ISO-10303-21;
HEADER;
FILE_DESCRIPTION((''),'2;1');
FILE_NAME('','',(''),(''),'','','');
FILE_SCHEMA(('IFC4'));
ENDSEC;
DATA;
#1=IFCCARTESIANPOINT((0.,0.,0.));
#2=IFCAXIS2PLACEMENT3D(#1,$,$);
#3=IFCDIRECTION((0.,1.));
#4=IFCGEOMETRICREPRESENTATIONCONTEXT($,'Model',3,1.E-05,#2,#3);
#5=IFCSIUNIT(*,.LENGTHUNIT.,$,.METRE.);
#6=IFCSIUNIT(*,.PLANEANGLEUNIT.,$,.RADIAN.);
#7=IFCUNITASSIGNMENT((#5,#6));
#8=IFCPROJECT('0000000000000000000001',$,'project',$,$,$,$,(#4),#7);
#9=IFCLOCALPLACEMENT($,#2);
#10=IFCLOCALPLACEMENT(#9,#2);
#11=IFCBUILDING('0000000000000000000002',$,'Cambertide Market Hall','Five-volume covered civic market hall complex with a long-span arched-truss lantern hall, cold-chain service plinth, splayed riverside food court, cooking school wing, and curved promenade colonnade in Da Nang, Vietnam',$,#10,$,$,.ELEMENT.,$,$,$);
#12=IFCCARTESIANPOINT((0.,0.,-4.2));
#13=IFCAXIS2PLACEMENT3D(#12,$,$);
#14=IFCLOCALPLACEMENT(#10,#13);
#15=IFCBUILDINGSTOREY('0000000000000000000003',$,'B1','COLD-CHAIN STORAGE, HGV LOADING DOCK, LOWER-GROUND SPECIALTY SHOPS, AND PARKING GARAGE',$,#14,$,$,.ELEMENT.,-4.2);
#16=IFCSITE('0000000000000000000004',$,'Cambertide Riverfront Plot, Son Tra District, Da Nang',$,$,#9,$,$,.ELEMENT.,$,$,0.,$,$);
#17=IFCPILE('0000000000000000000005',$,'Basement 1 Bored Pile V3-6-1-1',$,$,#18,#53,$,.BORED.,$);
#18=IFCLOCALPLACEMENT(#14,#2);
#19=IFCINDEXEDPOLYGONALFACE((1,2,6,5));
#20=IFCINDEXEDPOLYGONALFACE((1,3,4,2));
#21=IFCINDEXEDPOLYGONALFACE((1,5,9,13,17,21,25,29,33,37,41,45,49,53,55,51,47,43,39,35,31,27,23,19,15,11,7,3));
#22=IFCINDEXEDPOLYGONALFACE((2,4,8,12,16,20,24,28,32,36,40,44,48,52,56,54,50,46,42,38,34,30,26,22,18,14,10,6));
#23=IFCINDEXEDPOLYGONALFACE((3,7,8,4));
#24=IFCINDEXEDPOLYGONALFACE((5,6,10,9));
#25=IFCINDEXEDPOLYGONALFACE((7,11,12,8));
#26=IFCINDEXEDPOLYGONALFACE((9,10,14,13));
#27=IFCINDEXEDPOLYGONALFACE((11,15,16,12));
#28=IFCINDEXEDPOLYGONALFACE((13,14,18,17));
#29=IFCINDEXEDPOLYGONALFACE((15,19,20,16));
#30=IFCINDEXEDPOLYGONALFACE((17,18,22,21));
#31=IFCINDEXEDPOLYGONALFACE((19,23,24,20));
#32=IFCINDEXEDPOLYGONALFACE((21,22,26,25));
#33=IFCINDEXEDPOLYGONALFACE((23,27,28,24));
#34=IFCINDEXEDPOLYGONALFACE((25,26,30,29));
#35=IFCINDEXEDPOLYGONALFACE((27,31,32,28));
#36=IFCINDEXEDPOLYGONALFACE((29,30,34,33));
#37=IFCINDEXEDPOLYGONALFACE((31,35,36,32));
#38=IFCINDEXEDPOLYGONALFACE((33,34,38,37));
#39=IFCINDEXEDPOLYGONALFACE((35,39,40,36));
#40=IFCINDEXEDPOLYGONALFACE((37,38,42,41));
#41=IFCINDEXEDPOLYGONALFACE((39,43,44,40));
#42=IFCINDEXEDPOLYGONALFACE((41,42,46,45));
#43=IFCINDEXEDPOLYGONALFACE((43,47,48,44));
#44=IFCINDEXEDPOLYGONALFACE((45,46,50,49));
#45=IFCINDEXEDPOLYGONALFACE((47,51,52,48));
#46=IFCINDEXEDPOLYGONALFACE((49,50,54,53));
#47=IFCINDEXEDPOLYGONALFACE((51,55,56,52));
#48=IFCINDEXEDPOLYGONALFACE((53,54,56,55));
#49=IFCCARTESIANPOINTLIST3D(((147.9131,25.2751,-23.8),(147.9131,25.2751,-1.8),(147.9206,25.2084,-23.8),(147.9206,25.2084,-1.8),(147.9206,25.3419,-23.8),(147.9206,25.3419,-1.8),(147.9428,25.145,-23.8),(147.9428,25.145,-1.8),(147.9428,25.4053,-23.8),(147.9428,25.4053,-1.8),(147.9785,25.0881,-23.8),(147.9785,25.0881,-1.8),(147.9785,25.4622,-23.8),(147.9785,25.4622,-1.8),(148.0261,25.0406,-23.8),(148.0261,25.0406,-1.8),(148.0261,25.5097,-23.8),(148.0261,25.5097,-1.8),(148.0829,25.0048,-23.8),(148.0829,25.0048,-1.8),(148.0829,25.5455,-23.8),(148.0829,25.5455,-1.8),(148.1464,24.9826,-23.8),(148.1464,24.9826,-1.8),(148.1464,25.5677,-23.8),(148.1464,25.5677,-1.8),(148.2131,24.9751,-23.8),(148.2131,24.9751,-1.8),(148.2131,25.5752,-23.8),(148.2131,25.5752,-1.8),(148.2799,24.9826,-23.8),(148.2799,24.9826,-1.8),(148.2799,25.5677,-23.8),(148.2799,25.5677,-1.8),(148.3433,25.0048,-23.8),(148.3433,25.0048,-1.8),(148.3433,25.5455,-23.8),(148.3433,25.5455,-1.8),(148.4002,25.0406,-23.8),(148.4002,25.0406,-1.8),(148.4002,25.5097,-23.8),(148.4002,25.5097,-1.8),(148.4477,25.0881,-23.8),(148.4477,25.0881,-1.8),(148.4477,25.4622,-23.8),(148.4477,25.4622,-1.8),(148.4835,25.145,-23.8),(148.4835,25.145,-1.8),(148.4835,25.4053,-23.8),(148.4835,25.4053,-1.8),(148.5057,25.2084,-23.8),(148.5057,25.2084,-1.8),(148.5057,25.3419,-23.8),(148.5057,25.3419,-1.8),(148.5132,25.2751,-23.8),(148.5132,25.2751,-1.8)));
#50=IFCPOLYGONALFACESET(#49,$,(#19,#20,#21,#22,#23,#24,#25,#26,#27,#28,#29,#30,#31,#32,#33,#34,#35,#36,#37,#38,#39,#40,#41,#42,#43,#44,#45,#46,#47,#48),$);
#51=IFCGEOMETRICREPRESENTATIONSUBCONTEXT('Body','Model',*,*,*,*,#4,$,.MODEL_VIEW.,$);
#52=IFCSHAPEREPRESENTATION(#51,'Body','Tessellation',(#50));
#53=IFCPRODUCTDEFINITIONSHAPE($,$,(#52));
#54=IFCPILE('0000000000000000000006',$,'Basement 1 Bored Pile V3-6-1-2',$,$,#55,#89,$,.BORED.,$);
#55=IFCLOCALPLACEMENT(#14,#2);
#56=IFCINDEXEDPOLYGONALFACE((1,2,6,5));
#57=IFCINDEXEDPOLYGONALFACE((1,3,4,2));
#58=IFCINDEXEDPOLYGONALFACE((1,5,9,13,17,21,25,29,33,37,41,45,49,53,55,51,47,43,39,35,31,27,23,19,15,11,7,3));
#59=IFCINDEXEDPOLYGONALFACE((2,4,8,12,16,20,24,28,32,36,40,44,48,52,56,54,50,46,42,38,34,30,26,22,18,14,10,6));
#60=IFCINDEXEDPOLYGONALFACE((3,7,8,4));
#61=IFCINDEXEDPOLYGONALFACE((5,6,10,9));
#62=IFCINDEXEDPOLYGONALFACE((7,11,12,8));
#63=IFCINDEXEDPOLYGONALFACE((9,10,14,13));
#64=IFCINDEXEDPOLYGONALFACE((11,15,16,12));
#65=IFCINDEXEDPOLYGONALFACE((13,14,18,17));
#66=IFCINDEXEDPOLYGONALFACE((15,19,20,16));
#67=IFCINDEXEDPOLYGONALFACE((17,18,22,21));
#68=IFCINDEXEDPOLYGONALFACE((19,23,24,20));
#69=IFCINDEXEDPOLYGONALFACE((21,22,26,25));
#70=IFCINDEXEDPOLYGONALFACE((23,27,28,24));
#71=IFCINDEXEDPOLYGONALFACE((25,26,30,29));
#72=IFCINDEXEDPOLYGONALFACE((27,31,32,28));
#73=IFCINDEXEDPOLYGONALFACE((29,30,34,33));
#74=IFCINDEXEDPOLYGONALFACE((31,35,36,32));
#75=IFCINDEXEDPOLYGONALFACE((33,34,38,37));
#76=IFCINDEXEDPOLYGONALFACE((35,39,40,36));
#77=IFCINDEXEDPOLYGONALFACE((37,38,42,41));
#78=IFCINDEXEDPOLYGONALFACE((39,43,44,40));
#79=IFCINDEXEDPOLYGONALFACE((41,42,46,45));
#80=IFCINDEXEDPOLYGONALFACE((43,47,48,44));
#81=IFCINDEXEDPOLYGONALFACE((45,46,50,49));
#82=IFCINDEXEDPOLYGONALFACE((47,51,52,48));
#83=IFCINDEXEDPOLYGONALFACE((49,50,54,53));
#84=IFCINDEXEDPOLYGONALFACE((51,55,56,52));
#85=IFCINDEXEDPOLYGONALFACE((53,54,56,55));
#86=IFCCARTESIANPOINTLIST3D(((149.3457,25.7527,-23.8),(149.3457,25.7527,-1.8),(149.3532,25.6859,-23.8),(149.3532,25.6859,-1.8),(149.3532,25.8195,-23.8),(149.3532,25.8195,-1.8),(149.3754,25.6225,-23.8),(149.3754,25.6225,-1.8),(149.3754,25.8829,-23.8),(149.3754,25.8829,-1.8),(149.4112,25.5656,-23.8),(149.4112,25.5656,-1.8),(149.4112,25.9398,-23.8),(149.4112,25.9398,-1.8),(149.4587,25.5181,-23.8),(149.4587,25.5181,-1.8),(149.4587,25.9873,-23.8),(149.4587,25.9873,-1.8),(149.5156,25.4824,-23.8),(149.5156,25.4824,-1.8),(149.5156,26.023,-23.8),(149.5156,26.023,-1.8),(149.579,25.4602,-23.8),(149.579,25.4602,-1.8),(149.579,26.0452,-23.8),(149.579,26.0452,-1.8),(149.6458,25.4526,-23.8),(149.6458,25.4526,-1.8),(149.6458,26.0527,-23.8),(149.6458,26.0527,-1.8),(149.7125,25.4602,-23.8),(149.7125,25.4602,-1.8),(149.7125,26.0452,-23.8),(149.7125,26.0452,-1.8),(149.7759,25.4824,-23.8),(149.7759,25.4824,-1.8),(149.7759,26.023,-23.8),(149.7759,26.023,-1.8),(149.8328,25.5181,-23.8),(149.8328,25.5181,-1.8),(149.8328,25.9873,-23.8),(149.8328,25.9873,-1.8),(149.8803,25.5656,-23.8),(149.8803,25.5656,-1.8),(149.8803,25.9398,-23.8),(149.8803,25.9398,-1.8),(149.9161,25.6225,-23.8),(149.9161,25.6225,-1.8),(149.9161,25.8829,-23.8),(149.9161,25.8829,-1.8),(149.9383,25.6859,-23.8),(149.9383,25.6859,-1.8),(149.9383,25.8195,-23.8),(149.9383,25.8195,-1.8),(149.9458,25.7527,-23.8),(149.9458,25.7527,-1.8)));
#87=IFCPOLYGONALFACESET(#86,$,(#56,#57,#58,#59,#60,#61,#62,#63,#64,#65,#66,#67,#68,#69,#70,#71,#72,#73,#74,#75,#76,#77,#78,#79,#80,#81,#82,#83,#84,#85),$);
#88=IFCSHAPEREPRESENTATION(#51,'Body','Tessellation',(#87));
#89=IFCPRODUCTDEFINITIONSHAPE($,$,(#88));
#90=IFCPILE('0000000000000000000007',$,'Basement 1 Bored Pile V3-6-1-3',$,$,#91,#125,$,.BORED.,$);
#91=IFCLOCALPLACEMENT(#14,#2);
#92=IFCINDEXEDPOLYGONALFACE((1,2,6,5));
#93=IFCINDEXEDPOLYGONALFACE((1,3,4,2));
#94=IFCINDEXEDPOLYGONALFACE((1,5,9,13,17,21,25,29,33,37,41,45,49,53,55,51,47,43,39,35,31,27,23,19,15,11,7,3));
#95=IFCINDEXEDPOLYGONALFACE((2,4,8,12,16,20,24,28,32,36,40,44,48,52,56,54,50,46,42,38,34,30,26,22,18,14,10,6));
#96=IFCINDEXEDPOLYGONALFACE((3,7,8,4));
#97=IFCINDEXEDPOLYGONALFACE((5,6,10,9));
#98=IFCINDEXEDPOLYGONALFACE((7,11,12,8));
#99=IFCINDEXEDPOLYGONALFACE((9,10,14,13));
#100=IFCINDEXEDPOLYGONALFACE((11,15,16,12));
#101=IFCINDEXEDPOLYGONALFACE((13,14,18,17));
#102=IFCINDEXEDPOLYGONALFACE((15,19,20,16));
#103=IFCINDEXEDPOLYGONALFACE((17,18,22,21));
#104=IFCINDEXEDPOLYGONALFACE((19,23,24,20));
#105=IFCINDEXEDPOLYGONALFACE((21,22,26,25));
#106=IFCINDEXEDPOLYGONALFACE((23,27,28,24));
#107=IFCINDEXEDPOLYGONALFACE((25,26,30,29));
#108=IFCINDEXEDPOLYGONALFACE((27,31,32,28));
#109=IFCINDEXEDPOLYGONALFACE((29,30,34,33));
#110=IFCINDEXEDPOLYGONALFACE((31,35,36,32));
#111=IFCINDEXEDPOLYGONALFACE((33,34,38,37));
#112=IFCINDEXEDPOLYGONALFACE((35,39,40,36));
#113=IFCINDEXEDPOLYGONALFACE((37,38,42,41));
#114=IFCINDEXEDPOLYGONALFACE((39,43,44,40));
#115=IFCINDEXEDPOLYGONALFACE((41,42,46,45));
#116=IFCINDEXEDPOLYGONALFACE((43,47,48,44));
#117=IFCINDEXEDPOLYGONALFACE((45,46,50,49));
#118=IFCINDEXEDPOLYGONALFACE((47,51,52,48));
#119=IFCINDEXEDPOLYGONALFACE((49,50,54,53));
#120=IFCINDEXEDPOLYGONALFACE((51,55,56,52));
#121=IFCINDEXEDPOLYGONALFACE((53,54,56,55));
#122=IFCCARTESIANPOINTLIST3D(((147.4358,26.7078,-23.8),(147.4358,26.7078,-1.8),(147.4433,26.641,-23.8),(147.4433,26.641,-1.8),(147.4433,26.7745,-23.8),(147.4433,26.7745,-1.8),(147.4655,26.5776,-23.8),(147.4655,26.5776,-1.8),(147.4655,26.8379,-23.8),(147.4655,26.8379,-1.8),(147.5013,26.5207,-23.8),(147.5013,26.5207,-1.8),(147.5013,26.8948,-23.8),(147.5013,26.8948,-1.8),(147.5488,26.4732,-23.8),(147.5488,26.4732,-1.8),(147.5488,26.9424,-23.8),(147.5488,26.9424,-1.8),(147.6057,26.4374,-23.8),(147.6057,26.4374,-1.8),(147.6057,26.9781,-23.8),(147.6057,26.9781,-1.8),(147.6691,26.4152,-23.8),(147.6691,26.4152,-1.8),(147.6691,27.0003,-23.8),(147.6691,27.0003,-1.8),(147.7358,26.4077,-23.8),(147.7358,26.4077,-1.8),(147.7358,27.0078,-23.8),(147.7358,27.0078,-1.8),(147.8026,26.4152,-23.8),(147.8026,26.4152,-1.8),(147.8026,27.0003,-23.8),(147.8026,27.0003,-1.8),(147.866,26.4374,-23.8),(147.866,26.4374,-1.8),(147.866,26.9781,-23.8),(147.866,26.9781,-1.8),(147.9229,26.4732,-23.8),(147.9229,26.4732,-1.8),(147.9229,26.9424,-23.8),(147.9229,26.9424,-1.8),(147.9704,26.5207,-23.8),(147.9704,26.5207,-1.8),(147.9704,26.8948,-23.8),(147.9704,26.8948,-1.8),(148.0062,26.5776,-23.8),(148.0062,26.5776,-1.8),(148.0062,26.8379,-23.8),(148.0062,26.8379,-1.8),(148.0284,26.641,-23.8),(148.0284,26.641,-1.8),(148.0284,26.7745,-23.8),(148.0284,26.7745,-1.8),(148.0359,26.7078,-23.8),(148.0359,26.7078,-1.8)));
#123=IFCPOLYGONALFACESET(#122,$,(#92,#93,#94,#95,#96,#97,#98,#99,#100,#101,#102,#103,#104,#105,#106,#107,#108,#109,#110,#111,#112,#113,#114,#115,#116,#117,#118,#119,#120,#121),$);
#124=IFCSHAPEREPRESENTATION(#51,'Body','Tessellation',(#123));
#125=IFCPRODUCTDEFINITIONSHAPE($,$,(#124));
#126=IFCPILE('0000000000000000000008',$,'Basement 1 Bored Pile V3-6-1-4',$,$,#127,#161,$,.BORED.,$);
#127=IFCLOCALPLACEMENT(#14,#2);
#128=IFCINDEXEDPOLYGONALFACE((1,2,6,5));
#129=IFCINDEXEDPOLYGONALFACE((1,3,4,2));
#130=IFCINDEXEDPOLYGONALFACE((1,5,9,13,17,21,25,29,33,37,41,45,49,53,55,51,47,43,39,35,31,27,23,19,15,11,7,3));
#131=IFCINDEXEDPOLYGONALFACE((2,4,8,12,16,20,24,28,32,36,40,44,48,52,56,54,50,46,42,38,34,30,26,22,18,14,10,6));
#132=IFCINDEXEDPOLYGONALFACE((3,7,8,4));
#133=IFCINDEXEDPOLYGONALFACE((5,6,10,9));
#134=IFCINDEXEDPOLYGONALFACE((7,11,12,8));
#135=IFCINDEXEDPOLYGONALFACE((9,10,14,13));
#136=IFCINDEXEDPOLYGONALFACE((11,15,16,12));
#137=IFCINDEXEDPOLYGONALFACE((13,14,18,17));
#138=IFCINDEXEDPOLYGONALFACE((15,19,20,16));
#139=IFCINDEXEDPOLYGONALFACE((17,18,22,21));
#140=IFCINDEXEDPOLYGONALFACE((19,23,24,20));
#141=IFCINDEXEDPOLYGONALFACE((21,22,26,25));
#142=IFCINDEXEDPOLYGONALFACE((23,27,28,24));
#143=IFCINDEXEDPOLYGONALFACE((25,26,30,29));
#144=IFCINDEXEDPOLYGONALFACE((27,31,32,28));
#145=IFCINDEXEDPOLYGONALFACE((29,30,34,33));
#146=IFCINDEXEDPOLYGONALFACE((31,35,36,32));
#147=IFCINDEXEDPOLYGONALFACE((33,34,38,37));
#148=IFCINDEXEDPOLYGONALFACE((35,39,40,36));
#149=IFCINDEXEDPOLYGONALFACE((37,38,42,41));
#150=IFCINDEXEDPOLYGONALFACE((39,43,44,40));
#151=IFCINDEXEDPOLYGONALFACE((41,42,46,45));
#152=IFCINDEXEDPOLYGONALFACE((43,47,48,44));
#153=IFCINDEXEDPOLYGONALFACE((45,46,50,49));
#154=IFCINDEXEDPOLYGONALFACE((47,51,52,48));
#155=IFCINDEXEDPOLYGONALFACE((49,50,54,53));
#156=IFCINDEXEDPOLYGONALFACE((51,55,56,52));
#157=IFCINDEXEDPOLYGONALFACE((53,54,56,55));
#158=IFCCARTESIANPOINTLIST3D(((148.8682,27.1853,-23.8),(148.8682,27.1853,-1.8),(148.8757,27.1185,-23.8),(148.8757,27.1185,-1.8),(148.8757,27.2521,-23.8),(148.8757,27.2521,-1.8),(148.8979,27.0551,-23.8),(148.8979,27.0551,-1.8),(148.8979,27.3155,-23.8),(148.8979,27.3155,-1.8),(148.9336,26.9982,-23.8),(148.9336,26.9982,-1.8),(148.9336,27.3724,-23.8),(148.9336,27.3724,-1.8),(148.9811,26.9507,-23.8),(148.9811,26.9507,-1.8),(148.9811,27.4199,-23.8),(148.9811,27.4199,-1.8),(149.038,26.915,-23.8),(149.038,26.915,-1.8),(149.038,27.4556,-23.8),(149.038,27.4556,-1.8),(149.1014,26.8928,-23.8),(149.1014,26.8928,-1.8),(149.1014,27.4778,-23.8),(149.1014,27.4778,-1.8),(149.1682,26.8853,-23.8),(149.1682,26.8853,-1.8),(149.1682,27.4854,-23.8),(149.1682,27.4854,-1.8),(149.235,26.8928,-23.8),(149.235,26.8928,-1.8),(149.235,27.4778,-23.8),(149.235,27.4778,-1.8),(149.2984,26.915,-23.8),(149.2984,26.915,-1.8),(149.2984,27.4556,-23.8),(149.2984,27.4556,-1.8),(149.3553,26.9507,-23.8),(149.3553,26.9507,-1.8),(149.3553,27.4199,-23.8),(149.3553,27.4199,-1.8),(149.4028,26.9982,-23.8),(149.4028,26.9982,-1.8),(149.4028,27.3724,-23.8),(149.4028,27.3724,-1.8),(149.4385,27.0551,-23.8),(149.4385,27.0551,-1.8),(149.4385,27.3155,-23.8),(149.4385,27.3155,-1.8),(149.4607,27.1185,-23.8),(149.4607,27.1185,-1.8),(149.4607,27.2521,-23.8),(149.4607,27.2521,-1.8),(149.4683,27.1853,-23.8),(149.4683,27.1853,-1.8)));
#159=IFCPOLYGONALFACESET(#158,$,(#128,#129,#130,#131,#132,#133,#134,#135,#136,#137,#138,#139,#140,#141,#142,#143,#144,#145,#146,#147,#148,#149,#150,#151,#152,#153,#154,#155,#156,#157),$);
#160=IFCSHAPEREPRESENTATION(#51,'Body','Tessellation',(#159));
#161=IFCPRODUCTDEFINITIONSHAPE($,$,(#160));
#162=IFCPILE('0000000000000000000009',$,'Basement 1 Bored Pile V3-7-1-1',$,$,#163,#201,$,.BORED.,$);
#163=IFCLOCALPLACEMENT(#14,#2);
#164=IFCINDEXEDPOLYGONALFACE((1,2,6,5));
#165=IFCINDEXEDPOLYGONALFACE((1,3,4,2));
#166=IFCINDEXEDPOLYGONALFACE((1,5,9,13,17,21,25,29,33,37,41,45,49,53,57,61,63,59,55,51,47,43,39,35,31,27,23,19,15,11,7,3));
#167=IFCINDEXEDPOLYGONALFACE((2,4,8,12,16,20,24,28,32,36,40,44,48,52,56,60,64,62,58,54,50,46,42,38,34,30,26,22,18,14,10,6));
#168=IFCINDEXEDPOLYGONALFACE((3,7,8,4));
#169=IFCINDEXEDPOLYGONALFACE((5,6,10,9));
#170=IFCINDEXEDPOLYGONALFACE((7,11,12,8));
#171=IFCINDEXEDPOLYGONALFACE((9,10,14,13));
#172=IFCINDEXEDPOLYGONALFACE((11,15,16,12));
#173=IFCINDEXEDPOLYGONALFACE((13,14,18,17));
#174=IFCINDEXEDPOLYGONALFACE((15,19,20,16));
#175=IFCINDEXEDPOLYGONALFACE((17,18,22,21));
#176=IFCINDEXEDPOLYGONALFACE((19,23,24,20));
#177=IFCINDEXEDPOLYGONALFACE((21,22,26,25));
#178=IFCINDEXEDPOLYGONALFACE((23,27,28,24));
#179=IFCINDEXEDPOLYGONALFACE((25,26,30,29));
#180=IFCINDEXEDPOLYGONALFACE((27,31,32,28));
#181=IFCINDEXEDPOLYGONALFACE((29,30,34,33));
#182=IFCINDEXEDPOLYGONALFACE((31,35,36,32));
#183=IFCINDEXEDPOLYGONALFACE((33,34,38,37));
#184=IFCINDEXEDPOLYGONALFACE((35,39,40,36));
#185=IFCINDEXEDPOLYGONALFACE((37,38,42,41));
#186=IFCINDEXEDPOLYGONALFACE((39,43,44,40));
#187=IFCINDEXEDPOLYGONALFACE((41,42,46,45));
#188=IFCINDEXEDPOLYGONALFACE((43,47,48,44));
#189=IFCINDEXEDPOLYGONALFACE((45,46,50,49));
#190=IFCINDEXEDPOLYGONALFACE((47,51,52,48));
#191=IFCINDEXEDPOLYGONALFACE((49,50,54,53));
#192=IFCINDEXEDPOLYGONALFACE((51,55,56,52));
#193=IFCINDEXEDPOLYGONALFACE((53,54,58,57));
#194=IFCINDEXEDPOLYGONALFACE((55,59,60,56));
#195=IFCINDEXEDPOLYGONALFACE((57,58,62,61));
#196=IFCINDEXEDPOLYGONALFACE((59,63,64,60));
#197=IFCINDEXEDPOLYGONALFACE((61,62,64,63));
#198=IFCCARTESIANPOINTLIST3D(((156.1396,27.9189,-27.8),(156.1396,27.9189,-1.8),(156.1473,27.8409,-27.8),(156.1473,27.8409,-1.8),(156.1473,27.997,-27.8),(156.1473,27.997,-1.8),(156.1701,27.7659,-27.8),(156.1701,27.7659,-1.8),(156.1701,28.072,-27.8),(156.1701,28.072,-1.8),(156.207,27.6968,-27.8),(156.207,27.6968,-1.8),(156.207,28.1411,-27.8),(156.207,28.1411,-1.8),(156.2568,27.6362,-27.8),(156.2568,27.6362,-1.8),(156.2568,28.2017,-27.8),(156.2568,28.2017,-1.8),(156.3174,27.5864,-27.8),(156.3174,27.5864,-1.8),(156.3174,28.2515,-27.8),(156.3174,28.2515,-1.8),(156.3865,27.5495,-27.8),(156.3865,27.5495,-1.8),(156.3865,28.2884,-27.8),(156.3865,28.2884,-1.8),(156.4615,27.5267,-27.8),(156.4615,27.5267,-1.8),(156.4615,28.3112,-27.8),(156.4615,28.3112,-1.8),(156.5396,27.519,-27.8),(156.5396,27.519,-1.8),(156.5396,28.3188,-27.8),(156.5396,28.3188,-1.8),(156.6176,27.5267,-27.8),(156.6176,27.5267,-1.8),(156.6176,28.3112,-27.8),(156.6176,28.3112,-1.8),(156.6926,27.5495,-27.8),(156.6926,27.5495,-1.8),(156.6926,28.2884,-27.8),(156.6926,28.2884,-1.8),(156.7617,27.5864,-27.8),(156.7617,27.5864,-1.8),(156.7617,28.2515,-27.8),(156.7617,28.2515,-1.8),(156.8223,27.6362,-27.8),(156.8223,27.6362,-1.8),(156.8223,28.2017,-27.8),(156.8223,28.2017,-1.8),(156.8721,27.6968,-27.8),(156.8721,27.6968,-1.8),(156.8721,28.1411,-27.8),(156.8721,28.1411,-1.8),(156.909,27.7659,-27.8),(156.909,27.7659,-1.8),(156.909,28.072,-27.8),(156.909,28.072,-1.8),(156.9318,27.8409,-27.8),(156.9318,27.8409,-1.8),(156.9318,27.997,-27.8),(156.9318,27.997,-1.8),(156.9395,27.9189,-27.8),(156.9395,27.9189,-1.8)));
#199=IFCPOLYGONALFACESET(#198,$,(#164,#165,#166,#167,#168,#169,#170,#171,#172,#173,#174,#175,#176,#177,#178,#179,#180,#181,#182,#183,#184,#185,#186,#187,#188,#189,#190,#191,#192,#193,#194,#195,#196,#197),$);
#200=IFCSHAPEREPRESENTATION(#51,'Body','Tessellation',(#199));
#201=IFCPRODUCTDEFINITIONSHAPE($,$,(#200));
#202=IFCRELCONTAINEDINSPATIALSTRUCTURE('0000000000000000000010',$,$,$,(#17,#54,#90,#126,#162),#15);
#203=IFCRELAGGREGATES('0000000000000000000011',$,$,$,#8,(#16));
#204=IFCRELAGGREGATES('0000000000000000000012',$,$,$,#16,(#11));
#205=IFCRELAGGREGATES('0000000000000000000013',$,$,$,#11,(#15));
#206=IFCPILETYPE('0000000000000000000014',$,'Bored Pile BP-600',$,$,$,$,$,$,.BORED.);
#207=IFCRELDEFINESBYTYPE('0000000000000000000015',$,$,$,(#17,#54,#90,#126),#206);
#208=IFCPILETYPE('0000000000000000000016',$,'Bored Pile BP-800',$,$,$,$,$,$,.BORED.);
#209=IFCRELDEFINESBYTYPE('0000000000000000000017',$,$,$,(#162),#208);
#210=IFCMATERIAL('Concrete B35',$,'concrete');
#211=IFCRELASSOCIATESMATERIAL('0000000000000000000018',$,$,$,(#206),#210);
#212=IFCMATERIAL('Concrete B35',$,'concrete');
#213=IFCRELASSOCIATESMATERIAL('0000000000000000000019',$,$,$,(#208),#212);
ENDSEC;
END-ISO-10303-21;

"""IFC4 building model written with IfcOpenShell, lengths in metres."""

from ifc_helpers import new_model, si_unit, direction, frame, origin, origin_2d, place, context, subcontext, project, spatial, circle, extrude, material, material_profile, profile_set, type_object, element, save


model = new_model("IFC4")

# Units and contexts
model_context = context("Model", 3, precision=1e-05, world=origin(), true_north=direction((0.0, 1.0)))
body_context = subcontext(model_context, "Body", "Model", "MODEL_VIEW")
ifc_project = project(units=[si_unit("LENGTHUNIT", "METRE"), si_unit("PLANEANGLEUNIT", "RADIAN")], contexts=[model_context])

# Site, building, storey
site_placement = place(None, origin())
site = spatial("IfcSite", under=ifc_project, at=site_placement, Name="Cambertide Riverfront Plot, Son Tra District, Da Nang", CompositionType="ELEMENT", RefElevation=0.0)
building_placement = place(site_placement, origin())
building = spatial("IfcBuilding", under=site, at=building_placement, Name="Cambertide Market Hall", Description="Five-volume covered civic market hall complex with a long-span arched-truss lantern hall, cold-chain service plinth, splayed riverside food court, cooking school wing, and curved promenade colonnade in Da Nang, Vietnam", CompositionType="ELEMENT")
storey_placement = place(building_placement, frame((0.0, 0.0, -4.2)))
storey = spatial("IfcBuildingStorey", under=building, at=storey_placement, Name="B1", Description="COLD-CHAIN STORAGE, HGV LOADING DOCK, LOWER-GROUND SPECIALTY SHOPS, AND PARKING GARAGE", CompositionType="ELEMENT", Elevation=-4.2)

# Piles
ifc_material_1 = material(Name="Concrete B35", Category="concrete")
ifc_material_profile_1 = material_profile(ifc_material_1, circle(Radius=0.3, at=origin_2d()), Name="BP D600")
ifc_profile_set_1 = profile_set([ifc_material_profile_1], Name="Concrete B35")
pile_type_1 = type_object("IfcPileType", Name="Bored Pile BP-600", PredefinedType="BORED", material=ifc_profile_set_1)
for number, where, z_axis, x_axis, name in (
    (1, (148.2131, 25.2751, -1.8), (0.0, 0.0, -1.0), (1.0, 0.0, 0.0), "Basement 1 Bored Pile V3-6-1-1"),
    (2, (149.6458, 25.7527, -1.8), (0.0, 0.0, -1.0), (1.0, 0.0, 0.0), "Basement 1 Bored Pile V3-6-1-2"),
    (3, (147.7358, 26.7078, -1.8), (0.0, 0.0, -1.0), (1.0, 0.0, 0.0), "Basement 1 Bored Pile V3-6-1-3"),
    (4, (149.1682, 27.1853, -1.8), (0.0, 0.0, -1.0), (1.0, 0.0, 0.0), "Basement 1 Bored Pile V3-6-1-4"),
):
    element("IfcPile", number, at=place(storey_placement, frame(where, z_axis=z_axis, x_axis=x_axis)), inside=storey, type_object=pile_type_1, Name=name, PredefinedType="BORED", context=body_context, shape_type="SweptSolid", body=[
        extrude(circle(Radius=0.3, at=origin_2d()), origin(), (0.0, 0.0, 1.0), 22.0),
    ])
ifc_material_2 = material(Name="Concrete B35", Category="concrete")
ifc_material_profile_2 = material_profile(ifc_material_2, circle(Radius=0.3999, at=origin_2d()), Name="BP D800")
ifc_profile_set_2 = profile_set([ifc_material_profile_2], Name="Concrete B35")
pile_type_2 = type_object("IfcPileType", Name="Bored Pile BP-800", PredefinedType="BORED", material=ifc_profile_set_2)
for number, where, z_axis, x_axis, name in (
    (5, (156.5396, 27.9189, -1.8), (0.0, 0.0, -1.0), (1.0, 0.0, 0.0), "Basement 1 Bored Pile V3-7-1-1"),
):
    element("IfcPile", number, at=place(storey_placement, frame(where, z_axis=z_axis, x_axis=x_axis)), inside=storey, type_object=pile_type_2, Name=name, PredefinedType="BORED", context=body_context, shape_type="SweptSolid", body=[
        extrude(circle(Radius=0.3999, at=origin_2d()), origin(), (0.0, 0.0, 1.0), 26.0),
    ])

save(model, "model.ifc")
